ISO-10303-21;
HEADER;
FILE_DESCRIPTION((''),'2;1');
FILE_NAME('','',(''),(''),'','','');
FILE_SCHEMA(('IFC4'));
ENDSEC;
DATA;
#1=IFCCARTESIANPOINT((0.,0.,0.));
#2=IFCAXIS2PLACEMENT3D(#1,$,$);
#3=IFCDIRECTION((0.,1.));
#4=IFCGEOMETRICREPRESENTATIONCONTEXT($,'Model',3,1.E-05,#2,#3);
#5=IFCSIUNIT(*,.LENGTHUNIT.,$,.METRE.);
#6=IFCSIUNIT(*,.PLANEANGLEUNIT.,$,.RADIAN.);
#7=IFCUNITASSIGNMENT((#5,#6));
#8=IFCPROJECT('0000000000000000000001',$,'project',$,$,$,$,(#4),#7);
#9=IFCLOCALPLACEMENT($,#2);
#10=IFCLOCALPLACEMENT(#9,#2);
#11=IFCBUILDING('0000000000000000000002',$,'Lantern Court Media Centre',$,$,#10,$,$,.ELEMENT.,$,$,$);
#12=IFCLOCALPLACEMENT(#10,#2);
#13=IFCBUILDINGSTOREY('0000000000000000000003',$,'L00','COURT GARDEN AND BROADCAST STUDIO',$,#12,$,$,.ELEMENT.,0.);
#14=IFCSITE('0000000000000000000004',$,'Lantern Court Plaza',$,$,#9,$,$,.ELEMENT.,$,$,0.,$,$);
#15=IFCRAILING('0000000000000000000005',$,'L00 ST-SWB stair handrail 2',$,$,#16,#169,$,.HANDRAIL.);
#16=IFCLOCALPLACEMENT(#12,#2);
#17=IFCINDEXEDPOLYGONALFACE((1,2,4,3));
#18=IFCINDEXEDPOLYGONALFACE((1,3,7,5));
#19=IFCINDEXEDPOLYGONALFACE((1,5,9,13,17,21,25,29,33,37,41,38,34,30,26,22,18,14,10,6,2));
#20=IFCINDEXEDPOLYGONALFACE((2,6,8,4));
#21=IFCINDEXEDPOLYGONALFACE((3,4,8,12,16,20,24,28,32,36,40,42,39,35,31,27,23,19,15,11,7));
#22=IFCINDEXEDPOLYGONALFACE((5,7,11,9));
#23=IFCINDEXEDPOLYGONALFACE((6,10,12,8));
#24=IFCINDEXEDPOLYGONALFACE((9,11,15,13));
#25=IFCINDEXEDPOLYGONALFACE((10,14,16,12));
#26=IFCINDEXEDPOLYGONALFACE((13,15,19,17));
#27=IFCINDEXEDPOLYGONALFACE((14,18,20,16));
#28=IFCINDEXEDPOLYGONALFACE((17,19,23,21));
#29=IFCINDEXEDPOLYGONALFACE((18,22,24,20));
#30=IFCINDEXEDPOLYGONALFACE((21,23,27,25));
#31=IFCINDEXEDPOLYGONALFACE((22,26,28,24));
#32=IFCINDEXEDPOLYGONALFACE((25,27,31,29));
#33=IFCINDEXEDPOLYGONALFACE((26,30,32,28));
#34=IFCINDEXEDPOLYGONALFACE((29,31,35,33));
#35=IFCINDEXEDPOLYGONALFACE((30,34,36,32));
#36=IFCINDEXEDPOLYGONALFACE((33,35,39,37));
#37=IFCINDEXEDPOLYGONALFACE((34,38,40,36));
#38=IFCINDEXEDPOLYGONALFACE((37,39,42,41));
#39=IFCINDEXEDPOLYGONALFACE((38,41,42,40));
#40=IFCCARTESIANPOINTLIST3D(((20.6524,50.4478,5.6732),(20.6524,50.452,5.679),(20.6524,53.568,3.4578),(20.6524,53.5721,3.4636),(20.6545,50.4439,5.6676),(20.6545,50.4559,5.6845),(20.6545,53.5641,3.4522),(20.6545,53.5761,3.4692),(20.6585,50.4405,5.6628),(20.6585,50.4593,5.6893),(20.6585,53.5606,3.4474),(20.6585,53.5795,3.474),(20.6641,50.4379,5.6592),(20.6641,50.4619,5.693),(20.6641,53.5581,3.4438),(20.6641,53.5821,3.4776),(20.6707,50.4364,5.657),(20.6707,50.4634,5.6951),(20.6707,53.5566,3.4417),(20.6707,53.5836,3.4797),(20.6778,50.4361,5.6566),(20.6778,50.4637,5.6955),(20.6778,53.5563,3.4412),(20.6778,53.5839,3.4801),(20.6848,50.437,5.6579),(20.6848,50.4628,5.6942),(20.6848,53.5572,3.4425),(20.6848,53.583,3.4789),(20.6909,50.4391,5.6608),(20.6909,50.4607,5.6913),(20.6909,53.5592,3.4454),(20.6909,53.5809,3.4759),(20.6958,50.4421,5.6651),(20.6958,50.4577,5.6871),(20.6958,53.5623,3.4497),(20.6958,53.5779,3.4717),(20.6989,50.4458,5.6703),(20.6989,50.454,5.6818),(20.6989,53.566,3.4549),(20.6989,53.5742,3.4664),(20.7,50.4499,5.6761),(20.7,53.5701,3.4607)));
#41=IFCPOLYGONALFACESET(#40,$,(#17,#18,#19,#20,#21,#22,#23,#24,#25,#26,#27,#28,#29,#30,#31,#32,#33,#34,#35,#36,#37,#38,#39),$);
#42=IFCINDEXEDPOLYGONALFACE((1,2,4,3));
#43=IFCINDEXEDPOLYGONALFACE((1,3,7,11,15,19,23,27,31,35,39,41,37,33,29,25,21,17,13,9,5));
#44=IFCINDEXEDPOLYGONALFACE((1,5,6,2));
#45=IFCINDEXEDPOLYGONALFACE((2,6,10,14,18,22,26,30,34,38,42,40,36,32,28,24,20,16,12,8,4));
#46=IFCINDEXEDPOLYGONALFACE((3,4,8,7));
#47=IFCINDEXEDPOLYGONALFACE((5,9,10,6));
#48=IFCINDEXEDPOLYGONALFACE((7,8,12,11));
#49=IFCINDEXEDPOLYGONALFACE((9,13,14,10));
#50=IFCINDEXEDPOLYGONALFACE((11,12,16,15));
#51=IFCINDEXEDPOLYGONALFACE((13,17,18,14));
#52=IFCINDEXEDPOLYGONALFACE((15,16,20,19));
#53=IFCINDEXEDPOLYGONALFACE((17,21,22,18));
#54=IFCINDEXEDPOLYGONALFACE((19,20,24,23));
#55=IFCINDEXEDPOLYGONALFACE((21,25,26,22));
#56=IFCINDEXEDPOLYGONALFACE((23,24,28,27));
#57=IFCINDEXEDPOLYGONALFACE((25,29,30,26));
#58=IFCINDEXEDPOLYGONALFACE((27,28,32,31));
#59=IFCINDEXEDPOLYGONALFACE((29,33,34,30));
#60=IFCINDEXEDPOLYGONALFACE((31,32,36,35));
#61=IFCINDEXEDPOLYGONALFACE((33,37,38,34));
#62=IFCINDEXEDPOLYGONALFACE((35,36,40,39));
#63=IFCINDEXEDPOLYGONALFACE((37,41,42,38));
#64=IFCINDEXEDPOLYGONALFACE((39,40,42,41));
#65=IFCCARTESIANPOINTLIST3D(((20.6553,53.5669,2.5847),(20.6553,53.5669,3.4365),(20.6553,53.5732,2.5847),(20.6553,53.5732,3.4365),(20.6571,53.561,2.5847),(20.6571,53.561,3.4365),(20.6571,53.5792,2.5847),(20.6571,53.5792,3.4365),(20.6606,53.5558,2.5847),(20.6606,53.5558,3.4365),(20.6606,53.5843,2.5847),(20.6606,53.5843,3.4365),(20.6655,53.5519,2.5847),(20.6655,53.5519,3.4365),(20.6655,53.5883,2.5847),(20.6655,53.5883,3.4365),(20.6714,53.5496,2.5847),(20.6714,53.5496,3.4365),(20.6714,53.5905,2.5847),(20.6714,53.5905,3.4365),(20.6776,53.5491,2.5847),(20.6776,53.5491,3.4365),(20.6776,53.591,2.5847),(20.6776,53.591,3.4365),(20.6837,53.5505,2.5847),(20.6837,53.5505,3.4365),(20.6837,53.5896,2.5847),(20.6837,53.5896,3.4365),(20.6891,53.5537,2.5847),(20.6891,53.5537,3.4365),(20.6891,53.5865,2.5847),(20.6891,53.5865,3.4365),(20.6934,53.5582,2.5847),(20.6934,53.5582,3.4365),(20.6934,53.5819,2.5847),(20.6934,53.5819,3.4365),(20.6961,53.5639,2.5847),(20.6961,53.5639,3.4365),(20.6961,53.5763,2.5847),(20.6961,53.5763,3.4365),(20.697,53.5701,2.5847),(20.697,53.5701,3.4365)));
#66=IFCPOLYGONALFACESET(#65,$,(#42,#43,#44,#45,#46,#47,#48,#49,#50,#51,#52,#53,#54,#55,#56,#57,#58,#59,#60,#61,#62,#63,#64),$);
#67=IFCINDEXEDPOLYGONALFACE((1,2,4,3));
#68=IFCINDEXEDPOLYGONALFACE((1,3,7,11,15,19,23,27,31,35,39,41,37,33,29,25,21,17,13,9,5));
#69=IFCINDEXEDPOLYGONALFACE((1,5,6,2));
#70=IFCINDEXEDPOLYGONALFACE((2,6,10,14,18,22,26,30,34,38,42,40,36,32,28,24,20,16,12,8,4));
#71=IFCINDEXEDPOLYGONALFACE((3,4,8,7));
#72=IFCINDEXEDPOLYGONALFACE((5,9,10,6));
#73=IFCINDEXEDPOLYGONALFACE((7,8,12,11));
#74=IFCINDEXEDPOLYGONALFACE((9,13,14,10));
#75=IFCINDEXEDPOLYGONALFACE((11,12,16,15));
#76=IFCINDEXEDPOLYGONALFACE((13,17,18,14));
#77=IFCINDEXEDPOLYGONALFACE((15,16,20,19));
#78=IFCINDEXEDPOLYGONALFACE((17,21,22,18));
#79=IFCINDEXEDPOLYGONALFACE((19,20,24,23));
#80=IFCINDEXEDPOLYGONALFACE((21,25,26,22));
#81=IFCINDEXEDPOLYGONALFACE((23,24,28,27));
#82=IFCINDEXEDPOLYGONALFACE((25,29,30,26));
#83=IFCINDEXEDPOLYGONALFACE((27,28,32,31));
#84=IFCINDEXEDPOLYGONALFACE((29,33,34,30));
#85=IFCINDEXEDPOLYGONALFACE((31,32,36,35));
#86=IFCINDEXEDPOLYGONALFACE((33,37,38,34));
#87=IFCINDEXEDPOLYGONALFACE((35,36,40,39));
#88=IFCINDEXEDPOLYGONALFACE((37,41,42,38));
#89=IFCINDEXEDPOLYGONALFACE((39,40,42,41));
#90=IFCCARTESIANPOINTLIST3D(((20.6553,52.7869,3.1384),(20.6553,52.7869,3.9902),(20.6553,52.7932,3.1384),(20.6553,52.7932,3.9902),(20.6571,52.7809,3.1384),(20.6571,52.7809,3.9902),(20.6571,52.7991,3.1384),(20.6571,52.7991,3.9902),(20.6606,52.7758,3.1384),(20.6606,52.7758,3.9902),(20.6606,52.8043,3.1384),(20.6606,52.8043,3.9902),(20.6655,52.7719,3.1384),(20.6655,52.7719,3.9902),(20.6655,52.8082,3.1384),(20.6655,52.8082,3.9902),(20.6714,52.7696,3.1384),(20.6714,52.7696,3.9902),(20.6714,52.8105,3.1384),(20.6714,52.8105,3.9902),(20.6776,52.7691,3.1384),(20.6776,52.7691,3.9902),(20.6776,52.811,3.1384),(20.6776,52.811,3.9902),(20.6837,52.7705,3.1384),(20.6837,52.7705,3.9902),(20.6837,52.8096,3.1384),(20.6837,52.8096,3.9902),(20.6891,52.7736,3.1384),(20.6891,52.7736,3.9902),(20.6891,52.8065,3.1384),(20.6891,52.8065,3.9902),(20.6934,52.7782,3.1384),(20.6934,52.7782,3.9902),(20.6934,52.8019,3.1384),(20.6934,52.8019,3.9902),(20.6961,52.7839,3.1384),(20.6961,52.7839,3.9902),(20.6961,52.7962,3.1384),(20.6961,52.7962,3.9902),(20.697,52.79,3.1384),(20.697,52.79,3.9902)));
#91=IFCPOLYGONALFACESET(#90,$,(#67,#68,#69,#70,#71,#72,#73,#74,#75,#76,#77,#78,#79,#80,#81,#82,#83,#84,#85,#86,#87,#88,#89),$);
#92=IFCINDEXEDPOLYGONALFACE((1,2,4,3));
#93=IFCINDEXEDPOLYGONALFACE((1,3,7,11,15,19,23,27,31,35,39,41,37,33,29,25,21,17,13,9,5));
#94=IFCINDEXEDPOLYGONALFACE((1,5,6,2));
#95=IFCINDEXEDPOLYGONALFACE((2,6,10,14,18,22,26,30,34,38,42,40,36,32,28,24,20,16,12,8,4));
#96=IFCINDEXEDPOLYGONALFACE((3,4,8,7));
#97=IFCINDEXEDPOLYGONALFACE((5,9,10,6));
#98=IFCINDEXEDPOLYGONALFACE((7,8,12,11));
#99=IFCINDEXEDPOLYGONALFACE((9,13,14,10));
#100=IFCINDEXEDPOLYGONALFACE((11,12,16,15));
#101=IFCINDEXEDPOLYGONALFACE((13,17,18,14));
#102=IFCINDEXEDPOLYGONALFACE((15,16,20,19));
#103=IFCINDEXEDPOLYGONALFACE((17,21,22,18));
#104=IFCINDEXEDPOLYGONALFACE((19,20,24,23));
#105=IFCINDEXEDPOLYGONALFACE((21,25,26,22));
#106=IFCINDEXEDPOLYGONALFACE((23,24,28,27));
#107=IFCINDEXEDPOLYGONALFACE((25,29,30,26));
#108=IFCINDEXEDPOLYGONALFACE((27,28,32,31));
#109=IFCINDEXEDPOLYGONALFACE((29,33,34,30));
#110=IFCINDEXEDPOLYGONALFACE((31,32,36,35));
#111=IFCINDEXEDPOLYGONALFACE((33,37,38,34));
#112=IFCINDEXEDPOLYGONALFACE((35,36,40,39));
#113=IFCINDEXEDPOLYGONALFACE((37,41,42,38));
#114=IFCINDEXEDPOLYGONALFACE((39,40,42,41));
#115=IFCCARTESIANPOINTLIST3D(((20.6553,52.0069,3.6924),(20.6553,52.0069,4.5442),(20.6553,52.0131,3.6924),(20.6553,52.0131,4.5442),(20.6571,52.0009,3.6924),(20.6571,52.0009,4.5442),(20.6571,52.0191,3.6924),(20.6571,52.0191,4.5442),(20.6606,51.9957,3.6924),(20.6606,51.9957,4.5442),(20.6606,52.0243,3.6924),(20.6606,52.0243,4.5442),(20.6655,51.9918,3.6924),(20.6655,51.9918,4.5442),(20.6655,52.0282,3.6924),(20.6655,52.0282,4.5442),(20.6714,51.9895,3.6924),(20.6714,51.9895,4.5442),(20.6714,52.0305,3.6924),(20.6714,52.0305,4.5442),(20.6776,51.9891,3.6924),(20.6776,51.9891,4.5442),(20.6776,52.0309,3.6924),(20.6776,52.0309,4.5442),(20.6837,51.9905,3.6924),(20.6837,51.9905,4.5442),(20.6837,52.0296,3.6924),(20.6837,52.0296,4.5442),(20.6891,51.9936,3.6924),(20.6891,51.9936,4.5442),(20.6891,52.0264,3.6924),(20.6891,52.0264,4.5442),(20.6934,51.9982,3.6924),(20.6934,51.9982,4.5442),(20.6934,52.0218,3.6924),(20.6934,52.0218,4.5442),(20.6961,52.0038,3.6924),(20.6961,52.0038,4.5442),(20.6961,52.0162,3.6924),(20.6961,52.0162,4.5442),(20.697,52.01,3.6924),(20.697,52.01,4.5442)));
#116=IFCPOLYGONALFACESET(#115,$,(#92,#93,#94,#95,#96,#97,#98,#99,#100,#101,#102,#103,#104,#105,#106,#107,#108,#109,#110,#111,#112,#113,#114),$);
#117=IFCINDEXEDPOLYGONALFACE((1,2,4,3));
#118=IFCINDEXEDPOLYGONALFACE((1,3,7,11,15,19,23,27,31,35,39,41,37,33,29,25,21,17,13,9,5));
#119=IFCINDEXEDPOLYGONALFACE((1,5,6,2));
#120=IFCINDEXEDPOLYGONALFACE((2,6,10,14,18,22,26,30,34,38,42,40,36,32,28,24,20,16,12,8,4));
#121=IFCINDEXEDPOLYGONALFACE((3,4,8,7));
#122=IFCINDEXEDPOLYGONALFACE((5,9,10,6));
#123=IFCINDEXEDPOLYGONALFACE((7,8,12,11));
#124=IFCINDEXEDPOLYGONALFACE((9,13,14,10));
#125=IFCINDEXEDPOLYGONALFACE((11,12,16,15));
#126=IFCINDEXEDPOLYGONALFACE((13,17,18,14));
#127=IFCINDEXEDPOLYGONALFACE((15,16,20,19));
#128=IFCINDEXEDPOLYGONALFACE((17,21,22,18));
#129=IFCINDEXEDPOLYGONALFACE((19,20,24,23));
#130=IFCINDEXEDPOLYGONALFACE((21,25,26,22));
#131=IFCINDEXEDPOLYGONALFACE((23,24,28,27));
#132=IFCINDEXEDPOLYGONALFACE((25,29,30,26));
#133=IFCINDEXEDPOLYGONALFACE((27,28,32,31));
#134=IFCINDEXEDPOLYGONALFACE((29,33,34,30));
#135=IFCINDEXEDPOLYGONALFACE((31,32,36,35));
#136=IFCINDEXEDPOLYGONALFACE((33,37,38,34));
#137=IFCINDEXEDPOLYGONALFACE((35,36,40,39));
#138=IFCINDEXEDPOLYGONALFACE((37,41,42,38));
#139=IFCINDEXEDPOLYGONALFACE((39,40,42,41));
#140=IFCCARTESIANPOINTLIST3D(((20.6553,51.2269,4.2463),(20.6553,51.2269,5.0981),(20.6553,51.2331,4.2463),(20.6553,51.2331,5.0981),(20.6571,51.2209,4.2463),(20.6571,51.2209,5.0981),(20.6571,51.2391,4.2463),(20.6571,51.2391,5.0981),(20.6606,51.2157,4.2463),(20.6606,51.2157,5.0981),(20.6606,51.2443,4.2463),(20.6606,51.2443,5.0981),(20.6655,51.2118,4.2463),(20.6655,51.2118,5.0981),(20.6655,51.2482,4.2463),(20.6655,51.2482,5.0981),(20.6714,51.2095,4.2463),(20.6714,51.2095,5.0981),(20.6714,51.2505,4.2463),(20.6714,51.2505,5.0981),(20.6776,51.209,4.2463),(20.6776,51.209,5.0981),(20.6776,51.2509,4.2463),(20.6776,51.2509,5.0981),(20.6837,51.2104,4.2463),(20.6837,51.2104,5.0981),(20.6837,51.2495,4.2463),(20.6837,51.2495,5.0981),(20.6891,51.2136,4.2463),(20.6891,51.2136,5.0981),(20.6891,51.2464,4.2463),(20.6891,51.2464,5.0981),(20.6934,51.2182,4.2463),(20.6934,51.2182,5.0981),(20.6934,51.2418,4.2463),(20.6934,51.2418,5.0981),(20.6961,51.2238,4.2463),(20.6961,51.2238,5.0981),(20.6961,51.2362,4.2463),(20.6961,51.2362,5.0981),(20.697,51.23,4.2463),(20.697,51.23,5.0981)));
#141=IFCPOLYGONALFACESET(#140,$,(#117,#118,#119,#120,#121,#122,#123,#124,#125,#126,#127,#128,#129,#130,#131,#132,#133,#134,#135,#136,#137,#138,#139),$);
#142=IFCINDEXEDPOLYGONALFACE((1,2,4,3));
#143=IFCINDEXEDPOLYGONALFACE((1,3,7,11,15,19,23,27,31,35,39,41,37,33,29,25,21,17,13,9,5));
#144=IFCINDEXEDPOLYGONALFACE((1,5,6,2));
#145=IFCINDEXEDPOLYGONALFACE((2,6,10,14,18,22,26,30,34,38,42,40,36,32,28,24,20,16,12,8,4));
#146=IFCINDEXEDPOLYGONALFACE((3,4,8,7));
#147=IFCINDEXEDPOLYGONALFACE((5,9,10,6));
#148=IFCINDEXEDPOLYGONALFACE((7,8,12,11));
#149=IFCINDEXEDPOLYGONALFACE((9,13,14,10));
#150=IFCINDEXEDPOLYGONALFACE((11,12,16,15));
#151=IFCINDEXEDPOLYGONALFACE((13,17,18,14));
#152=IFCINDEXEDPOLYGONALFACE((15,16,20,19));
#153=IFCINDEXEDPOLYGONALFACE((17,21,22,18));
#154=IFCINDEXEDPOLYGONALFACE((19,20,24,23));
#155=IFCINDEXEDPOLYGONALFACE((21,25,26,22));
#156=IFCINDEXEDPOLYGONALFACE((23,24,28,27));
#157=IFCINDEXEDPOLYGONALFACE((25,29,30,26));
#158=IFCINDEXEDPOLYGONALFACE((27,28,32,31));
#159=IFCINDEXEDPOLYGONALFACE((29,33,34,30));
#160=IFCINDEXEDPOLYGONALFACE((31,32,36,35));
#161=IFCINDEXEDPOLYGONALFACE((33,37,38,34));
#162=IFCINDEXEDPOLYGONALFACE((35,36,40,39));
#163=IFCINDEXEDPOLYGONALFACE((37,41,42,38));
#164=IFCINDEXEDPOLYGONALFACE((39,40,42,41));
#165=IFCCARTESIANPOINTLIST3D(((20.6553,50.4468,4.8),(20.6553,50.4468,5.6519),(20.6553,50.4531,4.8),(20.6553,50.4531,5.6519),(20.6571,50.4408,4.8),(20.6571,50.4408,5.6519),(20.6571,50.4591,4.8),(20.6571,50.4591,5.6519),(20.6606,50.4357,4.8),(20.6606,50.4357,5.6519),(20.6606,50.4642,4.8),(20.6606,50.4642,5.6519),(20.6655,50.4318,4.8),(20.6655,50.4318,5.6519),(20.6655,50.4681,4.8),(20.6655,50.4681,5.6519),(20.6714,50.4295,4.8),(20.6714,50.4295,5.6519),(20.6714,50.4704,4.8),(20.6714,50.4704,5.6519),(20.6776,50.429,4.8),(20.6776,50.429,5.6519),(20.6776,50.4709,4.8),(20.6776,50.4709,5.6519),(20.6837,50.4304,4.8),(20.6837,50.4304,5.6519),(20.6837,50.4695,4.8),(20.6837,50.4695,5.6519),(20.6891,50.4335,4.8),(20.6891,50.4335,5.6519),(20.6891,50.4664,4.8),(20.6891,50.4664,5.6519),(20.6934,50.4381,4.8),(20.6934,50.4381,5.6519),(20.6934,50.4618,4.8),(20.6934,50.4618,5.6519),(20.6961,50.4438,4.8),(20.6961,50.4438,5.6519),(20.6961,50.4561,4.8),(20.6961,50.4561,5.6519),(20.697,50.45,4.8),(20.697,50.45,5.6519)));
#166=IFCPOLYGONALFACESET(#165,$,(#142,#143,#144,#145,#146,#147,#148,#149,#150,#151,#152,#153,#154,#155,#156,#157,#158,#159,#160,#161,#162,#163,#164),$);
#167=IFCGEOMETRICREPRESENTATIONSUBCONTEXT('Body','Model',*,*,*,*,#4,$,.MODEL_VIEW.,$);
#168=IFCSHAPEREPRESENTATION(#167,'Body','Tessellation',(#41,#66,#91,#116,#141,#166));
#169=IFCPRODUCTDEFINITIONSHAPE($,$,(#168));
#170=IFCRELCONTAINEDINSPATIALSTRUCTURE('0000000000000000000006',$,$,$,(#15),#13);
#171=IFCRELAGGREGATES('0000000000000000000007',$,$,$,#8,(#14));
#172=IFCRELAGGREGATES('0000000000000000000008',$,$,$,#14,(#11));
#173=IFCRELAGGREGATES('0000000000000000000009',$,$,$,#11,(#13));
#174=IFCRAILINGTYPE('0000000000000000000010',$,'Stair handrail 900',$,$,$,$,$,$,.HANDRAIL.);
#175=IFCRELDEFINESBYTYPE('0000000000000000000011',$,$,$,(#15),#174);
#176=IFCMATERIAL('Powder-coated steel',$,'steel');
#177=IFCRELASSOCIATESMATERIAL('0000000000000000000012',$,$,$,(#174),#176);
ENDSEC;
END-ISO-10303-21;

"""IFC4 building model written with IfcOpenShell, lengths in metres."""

from ifc_helpers import new_model, si_unit, direction, frame, origin, origin_2d, place, context, subcontext, project, spatial, circle, extrude, material, type_object, element, save


model = new_model("IFC4")

# Units and contexts
model_context = context("Model", 3, precision=1e-05, world=origin(), true_north=direction((0.0, 1.0)))
body_context = subcontext(model_context, "Body", "Model", "MODEL_VIEW")
ifc_project = project(units=[si_unit("LENGTHUNIT", "METRE"), si_unit("PLANEANGLEUNIT", "RADIAN")], contexts=[model_context])

# Site, building, storey
site_placement = place(None, origin())
site = spatial("IfcSite", under=ifc_project, at=site_placement, Name="Lantern Court Plaza", CompositionType="ELEMENT", RefElevation=0.0)
building_placement = place(site_placement, origin())
building = spatial("IfcBuilding", under=site, at=building_placement, Name="Lantern Court Media Centre", CompositionType="ELEMENT")
storey_placement = place(building_placement, origin())
storey = spatial("IfcBuildingStorey", under=building, at=storey_placement, Name="L00", Description="COURT GARDEN AND BROADCAST STUDIO", CompositionType="ELEMENT", Elevation=0.0)

# Railing
ifc_material_1 = material(Name="Powder-coated steel", Category="steel")
railing_type_1 = type_object("IfcRailingType", Name="Stair handrail 900", PredefinedType="HANDRAIL", material=ifc_material_1)
railing_1_placement = place(storey_placement, frame((20.676, 53.5701, 2.5847)))
element("IfcRailing", 1, at=railing_1_placement, inside=storey, type_object=railing_type_1, Name="L00 ST-SWB stair handrail 2", PredefinedType="HANDRAIL", context=body_context, shape_type="SweptSolid", body=[
    extrude(circle(Radius=0.0239, at=origin_2d()), frame((0.0, 0.0, 0.876), z_axis=(0.0, -0.815377, 0.57893), x_axis=(1.0, 0.0, 0.0)), (0.0, 0.0, 1.0), 3.8267),
    extrude(circle(Radius=0.021, at=origin_2d()), origin(), (0.0, 0.0, 1.0), 0.8518),
    extrude(circle(Radius=0.021, at=origin_2d()), frame((0.0, -0.78, 0.5537)), (0.0, 0.0, 1.0), 0.8518),
    extrude(circle(Radius=0.021, at=origin_2d()), frame((0.0, -1.5601, 1.1077)), (0.0, 0.0, 1.0), 0.8518),
    extrude(circle(Radius=0.021, at=origin_2d()), frame((0.0, -2.3401, 1.6616)), (0.0, 0.0, 1.0), 0.8518),
    extrude(circle(Radius=0.021, at=origin_2d()), frame((0.0, -3.1201, 2.2153)), (0.0, 0.0, 1.0), 0.8518),
])

save(model, "model.ifc")
